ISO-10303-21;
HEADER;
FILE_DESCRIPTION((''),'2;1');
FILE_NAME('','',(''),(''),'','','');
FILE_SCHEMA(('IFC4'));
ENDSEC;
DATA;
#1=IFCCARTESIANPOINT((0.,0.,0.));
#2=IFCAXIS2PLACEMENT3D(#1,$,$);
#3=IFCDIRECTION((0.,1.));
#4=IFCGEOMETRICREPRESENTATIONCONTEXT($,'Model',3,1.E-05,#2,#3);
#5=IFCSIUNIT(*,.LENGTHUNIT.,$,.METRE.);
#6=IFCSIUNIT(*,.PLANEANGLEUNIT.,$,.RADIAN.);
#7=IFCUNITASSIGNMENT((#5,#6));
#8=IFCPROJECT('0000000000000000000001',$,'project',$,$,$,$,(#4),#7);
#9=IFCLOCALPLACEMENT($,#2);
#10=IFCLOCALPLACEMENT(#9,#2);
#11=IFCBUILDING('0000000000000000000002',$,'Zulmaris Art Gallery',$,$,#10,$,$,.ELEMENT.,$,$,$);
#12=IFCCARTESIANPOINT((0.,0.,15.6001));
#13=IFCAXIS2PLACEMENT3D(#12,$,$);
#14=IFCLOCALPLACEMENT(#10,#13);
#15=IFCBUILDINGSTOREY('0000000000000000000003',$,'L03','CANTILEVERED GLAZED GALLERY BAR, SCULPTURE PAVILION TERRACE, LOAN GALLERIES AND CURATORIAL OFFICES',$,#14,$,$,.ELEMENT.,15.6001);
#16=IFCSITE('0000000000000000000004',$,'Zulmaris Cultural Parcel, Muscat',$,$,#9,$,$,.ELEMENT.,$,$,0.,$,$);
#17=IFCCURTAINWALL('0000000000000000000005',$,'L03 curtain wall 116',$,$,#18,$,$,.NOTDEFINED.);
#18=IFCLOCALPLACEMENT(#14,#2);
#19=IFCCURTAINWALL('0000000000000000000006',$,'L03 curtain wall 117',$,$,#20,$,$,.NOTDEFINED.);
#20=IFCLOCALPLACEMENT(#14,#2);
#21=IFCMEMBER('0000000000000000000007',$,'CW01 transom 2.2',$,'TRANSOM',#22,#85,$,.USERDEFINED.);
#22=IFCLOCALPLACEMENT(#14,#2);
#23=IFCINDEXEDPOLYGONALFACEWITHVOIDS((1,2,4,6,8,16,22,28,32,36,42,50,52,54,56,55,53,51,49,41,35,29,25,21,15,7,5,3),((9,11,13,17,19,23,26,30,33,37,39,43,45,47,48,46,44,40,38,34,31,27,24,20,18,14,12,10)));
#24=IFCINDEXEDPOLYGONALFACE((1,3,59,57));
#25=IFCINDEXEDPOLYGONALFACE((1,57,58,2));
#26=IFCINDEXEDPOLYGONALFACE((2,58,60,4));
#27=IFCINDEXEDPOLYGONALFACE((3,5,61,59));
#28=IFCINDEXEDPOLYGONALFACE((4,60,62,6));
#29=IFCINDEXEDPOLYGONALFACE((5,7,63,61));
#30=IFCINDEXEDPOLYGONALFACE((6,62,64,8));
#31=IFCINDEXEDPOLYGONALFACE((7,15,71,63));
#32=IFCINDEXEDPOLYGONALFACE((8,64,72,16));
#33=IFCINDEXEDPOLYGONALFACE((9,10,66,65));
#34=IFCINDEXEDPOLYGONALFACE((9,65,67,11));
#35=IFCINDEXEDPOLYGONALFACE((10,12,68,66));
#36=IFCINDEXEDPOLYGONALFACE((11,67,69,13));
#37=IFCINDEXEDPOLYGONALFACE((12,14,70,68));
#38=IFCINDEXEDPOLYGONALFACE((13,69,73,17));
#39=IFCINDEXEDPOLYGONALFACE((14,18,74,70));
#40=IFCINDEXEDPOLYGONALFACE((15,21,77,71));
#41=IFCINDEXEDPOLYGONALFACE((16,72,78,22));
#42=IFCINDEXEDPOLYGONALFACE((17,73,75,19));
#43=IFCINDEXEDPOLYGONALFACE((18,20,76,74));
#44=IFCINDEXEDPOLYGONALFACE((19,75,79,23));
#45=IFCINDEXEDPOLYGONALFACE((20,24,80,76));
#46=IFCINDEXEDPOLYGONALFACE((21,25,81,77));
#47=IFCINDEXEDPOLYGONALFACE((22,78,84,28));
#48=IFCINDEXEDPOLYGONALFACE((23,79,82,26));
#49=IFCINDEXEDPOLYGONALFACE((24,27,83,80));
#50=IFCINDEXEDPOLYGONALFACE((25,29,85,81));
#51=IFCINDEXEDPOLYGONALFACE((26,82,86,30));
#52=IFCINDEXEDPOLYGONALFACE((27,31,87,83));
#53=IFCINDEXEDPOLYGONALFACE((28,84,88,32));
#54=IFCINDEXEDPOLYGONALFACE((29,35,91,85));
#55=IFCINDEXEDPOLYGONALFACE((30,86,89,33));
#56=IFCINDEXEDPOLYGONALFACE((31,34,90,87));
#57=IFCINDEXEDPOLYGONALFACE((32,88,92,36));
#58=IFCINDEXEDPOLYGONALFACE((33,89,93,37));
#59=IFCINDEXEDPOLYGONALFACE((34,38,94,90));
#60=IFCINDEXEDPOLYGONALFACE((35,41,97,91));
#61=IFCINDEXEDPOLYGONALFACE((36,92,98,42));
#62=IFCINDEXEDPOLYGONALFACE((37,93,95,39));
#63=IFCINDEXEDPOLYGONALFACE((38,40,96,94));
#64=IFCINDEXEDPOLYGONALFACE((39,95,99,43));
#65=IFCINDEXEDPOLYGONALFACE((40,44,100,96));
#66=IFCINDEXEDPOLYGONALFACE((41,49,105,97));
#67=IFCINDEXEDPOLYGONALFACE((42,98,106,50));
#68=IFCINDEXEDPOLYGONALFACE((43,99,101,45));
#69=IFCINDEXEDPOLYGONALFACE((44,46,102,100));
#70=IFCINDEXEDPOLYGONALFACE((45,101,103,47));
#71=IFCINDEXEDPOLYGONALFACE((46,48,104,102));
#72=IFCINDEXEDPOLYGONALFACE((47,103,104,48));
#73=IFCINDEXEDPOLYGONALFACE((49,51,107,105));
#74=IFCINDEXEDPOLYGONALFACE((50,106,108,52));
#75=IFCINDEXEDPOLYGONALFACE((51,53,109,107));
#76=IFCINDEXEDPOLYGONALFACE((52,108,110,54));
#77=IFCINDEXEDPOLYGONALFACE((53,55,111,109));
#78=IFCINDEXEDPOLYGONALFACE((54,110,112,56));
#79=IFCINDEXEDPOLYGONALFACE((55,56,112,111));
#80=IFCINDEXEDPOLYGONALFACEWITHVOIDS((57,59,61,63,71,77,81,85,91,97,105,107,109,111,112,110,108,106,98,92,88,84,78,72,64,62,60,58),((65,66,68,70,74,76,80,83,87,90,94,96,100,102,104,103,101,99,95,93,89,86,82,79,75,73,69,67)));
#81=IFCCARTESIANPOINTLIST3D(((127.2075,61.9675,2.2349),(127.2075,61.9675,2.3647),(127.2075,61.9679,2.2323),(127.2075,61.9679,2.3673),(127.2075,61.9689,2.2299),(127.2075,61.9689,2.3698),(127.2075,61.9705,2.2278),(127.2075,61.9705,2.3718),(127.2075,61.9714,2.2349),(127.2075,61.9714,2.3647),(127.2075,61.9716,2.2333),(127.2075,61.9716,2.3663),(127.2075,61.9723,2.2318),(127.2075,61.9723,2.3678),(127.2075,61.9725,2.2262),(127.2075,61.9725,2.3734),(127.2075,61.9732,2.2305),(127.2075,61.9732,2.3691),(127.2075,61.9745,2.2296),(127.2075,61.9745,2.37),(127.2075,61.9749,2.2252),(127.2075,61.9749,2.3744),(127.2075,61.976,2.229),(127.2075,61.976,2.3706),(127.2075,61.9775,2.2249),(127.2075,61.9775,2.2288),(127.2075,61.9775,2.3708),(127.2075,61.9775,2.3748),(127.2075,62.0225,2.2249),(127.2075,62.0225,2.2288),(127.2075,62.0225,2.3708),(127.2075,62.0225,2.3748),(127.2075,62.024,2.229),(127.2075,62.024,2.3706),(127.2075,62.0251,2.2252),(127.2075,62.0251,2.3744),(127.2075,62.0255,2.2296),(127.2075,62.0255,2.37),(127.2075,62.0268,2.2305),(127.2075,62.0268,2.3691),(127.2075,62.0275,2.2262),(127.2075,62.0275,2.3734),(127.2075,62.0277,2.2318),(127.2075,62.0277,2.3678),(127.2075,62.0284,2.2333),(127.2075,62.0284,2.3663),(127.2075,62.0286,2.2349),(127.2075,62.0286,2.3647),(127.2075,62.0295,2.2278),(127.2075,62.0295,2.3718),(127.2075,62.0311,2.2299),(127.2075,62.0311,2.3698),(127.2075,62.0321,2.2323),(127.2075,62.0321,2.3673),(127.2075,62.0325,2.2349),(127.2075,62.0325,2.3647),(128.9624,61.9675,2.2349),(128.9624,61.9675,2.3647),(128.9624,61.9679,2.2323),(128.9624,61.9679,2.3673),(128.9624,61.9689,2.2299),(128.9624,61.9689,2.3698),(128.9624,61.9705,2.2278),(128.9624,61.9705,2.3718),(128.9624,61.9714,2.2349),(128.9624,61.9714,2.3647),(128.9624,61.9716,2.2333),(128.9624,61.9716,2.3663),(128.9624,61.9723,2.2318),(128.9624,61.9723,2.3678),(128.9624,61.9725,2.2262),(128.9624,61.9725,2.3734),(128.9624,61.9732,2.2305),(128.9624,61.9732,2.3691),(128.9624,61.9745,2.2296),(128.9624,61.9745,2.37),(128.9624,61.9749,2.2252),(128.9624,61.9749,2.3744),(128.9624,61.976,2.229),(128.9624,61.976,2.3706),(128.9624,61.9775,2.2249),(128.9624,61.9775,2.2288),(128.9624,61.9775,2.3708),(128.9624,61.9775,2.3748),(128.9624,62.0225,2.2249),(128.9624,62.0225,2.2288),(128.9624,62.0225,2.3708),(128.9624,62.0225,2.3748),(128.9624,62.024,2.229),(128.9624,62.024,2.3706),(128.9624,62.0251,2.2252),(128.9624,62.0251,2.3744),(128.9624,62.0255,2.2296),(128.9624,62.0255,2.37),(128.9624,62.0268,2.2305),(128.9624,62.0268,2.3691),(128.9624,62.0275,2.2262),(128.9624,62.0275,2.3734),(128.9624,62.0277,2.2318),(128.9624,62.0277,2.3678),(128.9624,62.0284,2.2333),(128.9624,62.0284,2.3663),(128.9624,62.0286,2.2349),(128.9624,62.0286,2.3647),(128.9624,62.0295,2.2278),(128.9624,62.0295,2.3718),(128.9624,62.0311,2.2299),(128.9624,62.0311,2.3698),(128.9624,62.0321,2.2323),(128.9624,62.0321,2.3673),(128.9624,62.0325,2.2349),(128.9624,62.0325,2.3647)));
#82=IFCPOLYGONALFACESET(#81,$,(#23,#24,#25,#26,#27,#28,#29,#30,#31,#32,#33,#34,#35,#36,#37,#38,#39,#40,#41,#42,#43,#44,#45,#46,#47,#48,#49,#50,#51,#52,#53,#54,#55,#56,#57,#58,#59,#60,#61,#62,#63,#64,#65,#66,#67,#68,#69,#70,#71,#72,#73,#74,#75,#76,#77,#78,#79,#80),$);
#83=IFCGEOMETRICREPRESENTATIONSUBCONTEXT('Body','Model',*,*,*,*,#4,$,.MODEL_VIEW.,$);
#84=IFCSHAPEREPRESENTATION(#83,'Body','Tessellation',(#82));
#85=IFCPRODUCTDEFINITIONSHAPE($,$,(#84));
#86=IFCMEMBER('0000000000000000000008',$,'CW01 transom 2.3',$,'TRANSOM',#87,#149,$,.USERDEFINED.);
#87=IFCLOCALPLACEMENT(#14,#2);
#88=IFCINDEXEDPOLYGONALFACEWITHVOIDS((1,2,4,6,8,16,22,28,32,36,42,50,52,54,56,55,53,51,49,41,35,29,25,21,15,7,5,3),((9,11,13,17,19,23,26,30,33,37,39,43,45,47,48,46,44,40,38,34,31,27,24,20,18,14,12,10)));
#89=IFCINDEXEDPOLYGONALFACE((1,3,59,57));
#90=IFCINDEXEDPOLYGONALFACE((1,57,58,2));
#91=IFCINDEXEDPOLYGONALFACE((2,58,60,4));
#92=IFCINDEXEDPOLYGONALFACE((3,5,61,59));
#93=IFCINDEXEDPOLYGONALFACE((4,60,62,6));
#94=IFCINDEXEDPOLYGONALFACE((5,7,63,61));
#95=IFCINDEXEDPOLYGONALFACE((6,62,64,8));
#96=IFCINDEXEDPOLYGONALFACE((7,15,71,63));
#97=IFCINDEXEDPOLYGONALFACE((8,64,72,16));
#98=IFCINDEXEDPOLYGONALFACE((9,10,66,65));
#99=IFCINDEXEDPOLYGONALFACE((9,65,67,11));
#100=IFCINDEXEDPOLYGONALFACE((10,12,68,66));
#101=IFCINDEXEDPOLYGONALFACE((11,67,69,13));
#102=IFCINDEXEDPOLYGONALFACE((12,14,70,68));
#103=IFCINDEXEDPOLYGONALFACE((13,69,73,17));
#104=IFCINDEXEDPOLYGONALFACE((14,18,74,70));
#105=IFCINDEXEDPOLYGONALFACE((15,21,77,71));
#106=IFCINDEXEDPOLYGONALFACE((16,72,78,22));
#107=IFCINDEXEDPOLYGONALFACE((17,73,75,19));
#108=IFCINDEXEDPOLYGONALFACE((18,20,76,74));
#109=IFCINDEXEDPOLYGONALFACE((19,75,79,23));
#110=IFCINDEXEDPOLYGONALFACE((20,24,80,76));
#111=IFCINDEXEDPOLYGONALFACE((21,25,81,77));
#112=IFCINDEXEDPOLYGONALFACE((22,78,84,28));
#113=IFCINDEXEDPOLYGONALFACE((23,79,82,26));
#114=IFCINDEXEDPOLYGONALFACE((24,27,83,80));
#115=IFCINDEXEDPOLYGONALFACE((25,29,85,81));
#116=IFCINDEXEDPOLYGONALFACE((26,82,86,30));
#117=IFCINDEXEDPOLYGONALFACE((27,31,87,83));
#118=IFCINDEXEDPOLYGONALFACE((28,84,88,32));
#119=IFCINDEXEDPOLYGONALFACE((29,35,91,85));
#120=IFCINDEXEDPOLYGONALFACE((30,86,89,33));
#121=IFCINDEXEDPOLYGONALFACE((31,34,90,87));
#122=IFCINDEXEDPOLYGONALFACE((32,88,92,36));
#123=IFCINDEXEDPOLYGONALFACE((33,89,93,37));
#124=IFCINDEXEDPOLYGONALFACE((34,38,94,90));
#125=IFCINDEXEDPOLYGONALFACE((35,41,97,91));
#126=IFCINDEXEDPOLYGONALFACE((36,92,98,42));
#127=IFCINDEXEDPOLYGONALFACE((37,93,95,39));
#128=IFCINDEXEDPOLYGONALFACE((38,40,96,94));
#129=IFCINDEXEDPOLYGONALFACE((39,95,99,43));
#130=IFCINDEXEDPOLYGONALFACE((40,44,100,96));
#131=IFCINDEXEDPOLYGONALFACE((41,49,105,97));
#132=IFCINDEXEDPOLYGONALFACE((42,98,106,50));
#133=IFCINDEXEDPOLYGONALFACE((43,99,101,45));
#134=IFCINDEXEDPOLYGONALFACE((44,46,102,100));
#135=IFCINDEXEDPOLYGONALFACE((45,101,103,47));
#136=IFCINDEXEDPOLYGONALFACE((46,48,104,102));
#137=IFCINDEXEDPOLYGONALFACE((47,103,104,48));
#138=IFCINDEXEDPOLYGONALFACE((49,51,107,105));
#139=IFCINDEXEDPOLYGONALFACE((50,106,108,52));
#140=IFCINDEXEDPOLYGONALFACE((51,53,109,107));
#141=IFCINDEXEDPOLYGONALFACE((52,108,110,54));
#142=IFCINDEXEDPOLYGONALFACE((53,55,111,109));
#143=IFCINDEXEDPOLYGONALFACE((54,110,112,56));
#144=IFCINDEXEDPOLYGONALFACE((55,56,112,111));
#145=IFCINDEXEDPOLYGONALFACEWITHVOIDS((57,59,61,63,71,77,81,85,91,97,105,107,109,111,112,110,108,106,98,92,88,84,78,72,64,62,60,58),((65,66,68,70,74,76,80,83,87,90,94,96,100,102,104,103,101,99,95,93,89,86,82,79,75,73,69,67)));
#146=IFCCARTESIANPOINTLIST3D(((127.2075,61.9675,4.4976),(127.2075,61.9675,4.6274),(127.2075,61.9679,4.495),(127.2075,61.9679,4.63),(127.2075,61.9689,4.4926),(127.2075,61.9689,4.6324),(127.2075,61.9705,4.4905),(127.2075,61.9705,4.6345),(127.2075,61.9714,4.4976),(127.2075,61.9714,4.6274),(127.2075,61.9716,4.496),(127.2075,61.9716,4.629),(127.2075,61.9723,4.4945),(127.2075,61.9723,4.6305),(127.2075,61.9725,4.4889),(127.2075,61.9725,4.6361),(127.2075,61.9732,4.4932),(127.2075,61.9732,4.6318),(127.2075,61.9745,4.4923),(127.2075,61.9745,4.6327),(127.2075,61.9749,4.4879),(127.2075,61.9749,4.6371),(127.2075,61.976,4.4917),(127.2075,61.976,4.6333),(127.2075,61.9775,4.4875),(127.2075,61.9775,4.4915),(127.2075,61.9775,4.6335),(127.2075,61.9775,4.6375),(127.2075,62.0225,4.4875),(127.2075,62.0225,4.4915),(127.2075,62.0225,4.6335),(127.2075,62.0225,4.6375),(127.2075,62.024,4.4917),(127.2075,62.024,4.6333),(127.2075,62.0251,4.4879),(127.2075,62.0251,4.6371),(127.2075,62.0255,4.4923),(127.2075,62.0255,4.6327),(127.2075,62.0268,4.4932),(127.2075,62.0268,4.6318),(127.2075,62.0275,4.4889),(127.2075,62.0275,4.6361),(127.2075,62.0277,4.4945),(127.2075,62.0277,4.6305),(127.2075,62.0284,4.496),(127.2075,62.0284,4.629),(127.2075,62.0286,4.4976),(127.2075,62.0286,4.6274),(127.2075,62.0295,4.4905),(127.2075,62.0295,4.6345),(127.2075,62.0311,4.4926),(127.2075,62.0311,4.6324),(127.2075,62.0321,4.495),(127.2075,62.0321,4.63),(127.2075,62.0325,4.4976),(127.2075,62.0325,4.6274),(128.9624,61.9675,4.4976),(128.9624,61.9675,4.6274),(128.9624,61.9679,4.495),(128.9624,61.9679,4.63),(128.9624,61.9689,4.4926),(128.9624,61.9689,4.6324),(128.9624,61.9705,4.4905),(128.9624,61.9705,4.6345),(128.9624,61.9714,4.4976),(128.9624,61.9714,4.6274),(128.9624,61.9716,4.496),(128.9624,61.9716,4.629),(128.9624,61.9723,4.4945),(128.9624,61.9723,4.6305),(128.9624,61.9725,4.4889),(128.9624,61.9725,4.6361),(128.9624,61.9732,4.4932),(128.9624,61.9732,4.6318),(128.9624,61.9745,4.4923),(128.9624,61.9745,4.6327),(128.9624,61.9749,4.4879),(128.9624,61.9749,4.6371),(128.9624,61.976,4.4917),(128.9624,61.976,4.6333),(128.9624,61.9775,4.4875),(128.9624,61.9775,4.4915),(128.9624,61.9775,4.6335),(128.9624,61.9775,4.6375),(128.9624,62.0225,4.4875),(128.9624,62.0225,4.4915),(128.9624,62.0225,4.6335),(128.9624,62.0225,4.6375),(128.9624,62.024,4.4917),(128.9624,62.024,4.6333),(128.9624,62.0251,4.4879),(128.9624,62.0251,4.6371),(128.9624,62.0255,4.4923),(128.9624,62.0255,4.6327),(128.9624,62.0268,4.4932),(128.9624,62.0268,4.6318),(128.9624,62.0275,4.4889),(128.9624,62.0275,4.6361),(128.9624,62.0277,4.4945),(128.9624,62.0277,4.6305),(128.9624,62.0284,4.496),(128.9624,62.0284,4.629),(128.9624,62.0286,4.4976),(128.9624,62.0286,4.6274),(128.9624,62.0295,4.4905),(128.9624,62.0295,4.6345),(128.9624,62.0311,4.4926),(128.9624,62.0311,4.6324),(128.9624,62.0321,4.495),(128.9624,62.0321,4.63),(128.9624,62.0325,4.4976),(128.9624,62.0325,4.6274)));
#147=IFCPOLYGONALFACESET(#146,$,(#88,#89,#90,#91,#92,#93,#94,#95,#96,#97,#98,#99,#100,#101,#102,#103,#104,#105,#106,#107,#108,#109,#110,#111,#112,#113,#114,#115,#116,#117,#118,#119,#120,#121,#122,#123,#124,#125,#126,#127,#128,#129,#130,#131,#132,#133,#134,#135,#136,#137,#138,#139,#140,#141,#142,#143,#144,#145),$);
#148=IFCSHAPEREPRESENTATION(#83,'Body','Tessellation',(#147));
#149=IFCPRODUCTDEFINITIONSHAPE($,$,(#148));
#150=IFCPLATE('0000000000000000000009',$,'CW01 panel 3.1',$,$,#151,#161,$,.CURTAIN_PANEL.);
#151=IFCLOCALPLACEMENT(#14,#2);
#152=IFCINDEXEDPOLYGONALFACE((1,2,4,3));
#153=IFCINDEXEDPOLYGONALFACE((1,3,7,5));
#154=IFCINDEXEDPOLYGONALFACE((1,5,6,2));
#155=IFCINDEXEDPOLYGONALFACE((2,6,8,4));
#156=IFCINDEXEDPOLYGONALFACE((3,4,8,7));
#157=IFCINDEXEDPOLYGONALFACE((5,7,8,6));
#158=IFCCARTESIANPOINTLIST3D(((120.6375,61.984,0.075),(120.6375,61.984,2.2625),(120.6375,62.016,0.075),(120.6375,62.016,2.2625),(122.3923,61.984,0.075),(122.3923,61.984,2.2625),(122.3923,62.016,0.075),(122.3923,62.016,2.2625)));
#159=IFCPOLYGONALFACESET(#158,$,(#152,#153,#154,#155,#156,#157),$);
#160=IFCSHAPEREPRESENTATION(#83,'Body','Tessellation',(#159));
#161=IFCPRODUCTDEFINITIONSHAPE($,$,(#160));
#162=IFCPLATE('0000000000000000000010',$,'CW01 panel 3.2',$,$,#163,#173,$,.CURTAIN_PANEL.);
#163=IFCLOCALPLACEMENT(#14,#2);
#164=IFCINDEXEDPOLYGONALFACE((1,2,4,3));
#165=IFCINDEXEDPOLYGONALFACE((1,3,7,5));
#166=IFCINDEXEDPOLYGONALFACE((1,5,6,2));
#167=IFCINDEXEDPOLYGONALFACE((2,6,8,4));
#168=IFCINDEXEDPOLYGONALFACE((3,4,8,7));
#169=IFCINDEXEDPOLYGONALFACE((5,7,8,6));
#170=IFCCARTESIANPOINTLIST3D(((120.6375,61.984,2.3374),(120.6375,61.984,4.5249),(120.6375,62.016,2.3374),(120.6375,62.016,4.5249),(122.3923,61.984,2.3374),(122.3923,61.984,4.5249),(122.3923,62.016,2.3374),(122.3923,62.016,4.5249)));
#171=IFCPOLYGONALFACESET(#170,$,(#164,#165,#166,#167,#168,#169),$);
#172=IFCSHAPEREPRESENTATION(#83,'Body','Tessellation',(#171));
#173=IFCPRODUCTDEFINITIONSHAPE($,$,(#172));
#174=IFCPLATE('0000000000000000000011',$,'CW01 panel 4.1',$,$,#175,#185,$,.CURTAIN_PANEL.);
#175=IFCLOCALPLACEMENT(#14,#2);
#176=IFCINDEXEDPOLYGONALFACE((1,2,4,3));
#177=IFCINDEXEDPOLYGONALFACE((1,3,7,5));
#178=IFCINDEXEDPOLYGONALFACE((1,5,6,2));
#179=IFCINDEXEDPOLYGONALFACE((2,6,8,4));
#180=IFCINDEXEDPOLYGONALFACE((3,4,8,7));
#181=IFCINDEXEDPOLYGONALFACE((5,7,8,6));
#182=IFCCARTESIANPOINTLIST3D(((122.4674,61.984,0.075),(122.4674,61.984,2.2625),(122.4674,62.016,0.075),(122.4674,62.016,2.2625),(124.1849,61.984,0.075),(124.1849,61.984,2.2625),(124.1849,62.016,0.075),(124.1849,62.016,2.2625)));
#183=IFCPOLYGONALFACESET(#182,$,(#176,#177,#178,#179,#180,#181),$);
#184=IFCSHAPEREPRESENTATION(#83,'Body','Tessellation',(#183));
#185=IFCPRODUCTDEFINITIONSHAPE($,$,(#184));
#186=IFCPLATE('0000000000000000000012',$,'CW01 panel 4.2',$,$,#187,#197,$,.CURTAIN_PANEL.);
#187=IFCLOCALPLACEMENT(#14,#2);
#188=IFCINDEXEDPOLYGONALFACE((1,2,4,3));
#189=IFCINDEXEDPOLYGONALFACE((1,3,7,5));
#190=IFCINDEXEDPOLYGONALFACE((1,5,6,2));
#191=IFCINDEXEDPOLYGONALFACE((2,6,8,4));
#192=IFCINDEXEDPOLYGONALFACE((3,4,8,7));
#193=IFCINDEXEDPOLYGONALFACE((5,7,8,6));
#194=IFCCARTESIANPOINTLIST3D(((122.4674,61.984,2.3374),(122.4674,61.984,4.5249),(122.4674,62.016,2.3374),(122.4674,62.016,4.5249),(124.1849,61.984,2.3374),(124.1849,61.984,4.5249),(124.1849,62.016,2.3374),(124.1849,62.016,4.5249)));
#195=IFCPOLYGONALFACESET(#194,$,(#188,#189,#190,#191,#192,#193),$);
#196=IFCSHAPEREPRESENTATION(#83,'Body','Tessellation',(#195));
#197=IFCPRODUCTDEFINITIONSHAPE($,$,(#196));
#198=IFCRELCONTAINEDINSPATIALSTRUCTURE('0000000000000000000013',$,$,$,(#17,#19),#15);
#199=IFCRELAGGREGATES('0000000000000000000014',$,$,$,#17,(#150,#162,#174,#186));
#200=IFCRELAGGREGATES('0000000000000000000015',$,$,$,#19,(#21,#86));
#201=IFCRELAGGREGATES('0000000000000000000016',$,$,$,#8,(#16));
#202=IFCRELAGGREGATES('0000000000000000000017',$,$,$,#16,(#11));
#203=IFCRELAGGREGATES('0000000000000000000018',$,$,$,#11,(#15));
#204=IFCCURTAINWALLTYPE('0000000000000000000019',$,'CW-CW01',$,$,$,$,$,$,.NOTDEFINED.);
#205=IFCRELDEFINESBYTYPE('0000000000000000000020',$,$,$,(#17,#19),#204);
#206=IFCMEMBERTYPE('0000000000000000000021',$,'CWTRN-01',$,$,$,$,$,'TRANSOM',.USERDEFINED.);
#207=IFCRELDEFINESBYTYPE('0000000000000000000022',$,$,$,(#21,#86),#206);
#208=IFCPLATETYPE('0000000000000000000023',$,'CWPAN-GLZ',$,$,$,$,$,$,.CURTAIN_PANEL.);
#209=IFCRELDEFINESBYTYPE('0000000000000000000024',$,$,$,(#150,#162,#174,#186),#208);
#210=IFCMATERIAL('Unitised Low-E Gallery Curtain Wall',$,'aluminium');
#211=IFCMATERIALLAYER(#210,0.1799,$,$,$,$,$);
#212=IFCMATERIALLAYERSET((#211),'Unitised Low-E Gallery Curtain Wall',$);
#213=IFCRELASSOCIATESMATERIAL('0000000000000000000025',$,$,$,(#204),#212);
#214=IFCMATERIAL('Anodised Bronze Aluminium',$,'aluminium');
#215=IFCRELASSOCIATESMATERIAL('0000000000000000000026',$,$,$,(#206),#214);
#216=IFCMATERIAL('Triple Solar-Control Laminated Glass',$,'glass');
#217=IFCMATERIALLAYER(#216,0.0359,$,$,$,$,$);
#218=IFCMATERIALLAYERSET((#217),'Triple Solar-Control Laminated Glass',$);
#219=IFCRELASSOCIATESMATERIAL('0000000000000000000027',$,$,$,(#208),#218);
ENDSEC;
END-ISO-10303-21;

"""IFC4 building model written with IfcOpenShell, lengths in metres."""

from ifc_helpers import new_model, si_unit, direction, frame, origin, origin_2d, place, context, subcontext, project, spatial, rectangle, hollow_rectangle, extrude, material, layer, layer_set, material_profile, profile_set, type_object, element, aggregate, save


model = new_model("IFC4")

# Units and contexts
model_context = context("Model", 3, precision=1e-05, world=origin(), true_north=direction((0.0, 1.0)))
body_context = subcontext(model_context, "Body", "Model", "MODEL_VIEW")
ifc_project = project(units=[si_unit("LENGTHUNIT", "METRE"), si_unit("PLANEANGLEUNIT", "RADIAN")], contexts=[model_context])

# Site, building, storey
site_placement = place(None, origin())
site = spatial("IfcSite", under=ifc_project, at=site_placement, Name="Zulmaris Cultural Parcel, Muscat", CompositionType="ELEMENT", RefElevation=0.0)
building_placement = place(site_placement, origin())
building = spatial("IfcBuilding", under=site, at=building_placement, Name="Zulmaris Art Gallery", CompositionType="ELEMENT")
storey_placement = place(building_placement, frame((0.0, 0.0, 15.6001)))
storey = spatial("IfcBuildingStorey", under=building, at=storey_placement, Name="L03", Description="CANTILEVERED GLAZED GALLERY BAR, SCULPTURE PAVILION TERRACE, LOAN GALLERIES AND CURATORIAL OFFICES", CompositionType="ELEMENT", Elevation=15.6001)

# Curtain walls
ifc_material_1 = material(Name="Unitised Low-E Gallery Curtain Wall", Category="aluminium")
ifc_layer_1 = layer(ifc_material_1, 0.1799)
ifc_layer_set_1 = layer_set([ifc_layer_1], Name="Unitised Low-E Gallery Curtain Wall")
curtain_wall_type = type_object("IfcCurtainWallType", Name="CW-CW01", PredefinedType="NOTDEFINED", material=ifc_layer_set_1)
curtain_wall_1_placement = place(storey_placement, origin())
curtain_wall_1 = element("IfcCurtainWall", 1, at=curtain_wall_1_placement, inside=storey, type_object=curtain_wall_type, Name="L03 curtain wall 116", PredefinedType="NOTDEFINED")
ifc_material_2 = material(Name="Anodised Bronze Aluminium", Category="aluminium")
curtain_wall_2_placement = place(storey_placement, origin())
curtain_wall_2 = element("IfcCurtainWall", 2, at=curtain_wall_2_placement, inside=storey, type_object=curtain_wall_type, Name="L03 curtain wall 117", PredefinedType="NOTDEFINED")

# Members
ifc_material_profile_1 = material_profile(ifc_material_2, hollow_rectangle(XDim=0.0649, YDim=0.1499, WallThickness=0.0039, InnerFilletRadius=0.0061, OuterFilletRadius=0.01, at=origin_2d()), Name="ALU 65x150x4")
ifc_profile_set_1 = profile_set([ifc_material_profile_1], Name="Anodised Bronze Aluminium")
member_type_1 = type_object("IfcMemberType", Name="CWTRN-01", ElementType="TRANSOM", PredefinedType="USERDEFINED", material=ifc_profile_set_1)
member_1_placement = place(storey_placement, frame((127.2075, 62.0, 2.2998), z_axis=(1.0, 0.0, 0.0), x_axis=(0.0, 1.0, 0.0)))
member_1 = element("IfcMember", 3, at=member_1_placement, type_object=member_type_1, Name="CW01 transom 2.2", ObjectType="TRANSOM", PredefinedType="USERDEFINED", context=body_context, shape_type="SweptSolid", body=[
    extrude(hollow_rectangle(XDim=0.0649, YDim=0.1499, WallThickness=0.0039, InnerFilletRadius=0.0061, OuterFilletRadius=0.01, at=origin_2d()), origin(), (0.0, 0.0, 1.0), 1.7549),
])
member_2_placement = place(storey_placement, frame((127.2075, 62.0, 4.5625), z_axis=(1.0, 0.0, 0.0), x_axis=(0.0, 1.0, 0.0)))
member_2 = element("IfcMember", 4, at=member_2_placement, type_object=member_type_1, Name="CW01 transom 2.3", ObjectType="TRANSOM", PredefinedType="USERDEFINED", context=body_context, shape_type="SweptSolid", body=[
    extrude(hollow_rectangle(XDim=0.0649, YDim=0.1499, WallThickness=0.0039, InnerFilletRadius=0.0061, OuterFilletRadius=0.01, at=origin_2d()), origin(), (0.0, 0.0, 1.0), 1.7549),
])

# Plates
ifc_material_3 = material(Name="Triple Solar-Control Laminated Glass", Category="glass")
ifc_layer_2 = layer(ifc_material_3, 0.0359)
ifc_layer_set_2 = layer_set([ifc_layer_2], Name="Triple Solar-Control Laminated Glass")
plate_type = type_object("IfcPlateType", Name="CWPAN-GLZ", PredefinedType="CURTAIN_PANEL", material=ifc_layer_set_2)
plate_1_placement = place(storey_placement, frame((121.5149, 62.0, 0.075), z_axis=(0.0, 0.0, 1.0), x_axis=(1.0, 0.0, 0.0)))
plate_1 = element("IfcPlate", 5, at=plate_1_placement, type_object=plate_type, Name="CW01 panel 3.1", PredefinedType="CURTAIN_PANEL", context=body_context, shape_type="SweptSolid", body=[
    extrude(rectangle(XDim=1.7549, YDim=0.032, at=origin_2d()), origin(), (0.0, 0.0, 1.0), 2.1875),
])
plate_2_placement = place(storey_placement, frame((121.5149, 62.0, 2.3374), z_axis=(0.0, 0.0, 1.0), x_axis=(1.0, 0.0, 0.0)))
plate_2 = element("IfcPlate", 6, at=plate_2_placement, type_object=plate_type, Name="CW01 panel 3.2", PredefinedType="CURTAIN_PANEL", context=body_context, shape_type="SweptSolid", body=[
    extrude(rectangle(XDim=1.7549, YDim=0.032, at=origin_2d()), origin(), (0.0, 0.0, 1.0), 2.1875),
])
plate_3_placement = place(storey_placement, frame((123.3262, 62.0, 0.075), z_axis=(0.0, 0.0, 1.0), x_axis=(1.0, 0.0, 0.0)))
plate_3 = element("IfcPlate", 7, at=plate_3_placement, type_object=plate_type, Name="CW01 panel 4.1", PredefinedType="CURTAIN_PANEL", context=body_context, shape_type="SweptSolid", body=[
    extrude(rectangle(XDim=1.7175, YDim=0.032, at=origin_2d()), origin(), (0.0, 0.0, 1.0), 2.1875),
])
plate_4_placement = place(storey_placement, frame((123.3262, 62.0, 2.3374), z_axis=(0.0, 0.0, 1.0), x_axis=(1.0, 0.0, 0.0)))
plate_4 = element("IfcPlate", 8, at=plate_4_placement, type_object=plate_type, Name="CW01 panel 4.2", PredefinedType="CURTAIN_PANEL", context=body_context, shape_type="SweptSolid", body=[
    extrude(rectangle(XDim=1.7175, YDim=0.032, at=origin_2d()), origin(), (0.0, 0.0, 1.0), 2.1875),
])
aggregate(curtain_wall_1, [plate_1, plate_2, plate_3, plate_4])
aggregate(curtain_wall_2, [member_1, member_2])

save(model, "model.ifc")
